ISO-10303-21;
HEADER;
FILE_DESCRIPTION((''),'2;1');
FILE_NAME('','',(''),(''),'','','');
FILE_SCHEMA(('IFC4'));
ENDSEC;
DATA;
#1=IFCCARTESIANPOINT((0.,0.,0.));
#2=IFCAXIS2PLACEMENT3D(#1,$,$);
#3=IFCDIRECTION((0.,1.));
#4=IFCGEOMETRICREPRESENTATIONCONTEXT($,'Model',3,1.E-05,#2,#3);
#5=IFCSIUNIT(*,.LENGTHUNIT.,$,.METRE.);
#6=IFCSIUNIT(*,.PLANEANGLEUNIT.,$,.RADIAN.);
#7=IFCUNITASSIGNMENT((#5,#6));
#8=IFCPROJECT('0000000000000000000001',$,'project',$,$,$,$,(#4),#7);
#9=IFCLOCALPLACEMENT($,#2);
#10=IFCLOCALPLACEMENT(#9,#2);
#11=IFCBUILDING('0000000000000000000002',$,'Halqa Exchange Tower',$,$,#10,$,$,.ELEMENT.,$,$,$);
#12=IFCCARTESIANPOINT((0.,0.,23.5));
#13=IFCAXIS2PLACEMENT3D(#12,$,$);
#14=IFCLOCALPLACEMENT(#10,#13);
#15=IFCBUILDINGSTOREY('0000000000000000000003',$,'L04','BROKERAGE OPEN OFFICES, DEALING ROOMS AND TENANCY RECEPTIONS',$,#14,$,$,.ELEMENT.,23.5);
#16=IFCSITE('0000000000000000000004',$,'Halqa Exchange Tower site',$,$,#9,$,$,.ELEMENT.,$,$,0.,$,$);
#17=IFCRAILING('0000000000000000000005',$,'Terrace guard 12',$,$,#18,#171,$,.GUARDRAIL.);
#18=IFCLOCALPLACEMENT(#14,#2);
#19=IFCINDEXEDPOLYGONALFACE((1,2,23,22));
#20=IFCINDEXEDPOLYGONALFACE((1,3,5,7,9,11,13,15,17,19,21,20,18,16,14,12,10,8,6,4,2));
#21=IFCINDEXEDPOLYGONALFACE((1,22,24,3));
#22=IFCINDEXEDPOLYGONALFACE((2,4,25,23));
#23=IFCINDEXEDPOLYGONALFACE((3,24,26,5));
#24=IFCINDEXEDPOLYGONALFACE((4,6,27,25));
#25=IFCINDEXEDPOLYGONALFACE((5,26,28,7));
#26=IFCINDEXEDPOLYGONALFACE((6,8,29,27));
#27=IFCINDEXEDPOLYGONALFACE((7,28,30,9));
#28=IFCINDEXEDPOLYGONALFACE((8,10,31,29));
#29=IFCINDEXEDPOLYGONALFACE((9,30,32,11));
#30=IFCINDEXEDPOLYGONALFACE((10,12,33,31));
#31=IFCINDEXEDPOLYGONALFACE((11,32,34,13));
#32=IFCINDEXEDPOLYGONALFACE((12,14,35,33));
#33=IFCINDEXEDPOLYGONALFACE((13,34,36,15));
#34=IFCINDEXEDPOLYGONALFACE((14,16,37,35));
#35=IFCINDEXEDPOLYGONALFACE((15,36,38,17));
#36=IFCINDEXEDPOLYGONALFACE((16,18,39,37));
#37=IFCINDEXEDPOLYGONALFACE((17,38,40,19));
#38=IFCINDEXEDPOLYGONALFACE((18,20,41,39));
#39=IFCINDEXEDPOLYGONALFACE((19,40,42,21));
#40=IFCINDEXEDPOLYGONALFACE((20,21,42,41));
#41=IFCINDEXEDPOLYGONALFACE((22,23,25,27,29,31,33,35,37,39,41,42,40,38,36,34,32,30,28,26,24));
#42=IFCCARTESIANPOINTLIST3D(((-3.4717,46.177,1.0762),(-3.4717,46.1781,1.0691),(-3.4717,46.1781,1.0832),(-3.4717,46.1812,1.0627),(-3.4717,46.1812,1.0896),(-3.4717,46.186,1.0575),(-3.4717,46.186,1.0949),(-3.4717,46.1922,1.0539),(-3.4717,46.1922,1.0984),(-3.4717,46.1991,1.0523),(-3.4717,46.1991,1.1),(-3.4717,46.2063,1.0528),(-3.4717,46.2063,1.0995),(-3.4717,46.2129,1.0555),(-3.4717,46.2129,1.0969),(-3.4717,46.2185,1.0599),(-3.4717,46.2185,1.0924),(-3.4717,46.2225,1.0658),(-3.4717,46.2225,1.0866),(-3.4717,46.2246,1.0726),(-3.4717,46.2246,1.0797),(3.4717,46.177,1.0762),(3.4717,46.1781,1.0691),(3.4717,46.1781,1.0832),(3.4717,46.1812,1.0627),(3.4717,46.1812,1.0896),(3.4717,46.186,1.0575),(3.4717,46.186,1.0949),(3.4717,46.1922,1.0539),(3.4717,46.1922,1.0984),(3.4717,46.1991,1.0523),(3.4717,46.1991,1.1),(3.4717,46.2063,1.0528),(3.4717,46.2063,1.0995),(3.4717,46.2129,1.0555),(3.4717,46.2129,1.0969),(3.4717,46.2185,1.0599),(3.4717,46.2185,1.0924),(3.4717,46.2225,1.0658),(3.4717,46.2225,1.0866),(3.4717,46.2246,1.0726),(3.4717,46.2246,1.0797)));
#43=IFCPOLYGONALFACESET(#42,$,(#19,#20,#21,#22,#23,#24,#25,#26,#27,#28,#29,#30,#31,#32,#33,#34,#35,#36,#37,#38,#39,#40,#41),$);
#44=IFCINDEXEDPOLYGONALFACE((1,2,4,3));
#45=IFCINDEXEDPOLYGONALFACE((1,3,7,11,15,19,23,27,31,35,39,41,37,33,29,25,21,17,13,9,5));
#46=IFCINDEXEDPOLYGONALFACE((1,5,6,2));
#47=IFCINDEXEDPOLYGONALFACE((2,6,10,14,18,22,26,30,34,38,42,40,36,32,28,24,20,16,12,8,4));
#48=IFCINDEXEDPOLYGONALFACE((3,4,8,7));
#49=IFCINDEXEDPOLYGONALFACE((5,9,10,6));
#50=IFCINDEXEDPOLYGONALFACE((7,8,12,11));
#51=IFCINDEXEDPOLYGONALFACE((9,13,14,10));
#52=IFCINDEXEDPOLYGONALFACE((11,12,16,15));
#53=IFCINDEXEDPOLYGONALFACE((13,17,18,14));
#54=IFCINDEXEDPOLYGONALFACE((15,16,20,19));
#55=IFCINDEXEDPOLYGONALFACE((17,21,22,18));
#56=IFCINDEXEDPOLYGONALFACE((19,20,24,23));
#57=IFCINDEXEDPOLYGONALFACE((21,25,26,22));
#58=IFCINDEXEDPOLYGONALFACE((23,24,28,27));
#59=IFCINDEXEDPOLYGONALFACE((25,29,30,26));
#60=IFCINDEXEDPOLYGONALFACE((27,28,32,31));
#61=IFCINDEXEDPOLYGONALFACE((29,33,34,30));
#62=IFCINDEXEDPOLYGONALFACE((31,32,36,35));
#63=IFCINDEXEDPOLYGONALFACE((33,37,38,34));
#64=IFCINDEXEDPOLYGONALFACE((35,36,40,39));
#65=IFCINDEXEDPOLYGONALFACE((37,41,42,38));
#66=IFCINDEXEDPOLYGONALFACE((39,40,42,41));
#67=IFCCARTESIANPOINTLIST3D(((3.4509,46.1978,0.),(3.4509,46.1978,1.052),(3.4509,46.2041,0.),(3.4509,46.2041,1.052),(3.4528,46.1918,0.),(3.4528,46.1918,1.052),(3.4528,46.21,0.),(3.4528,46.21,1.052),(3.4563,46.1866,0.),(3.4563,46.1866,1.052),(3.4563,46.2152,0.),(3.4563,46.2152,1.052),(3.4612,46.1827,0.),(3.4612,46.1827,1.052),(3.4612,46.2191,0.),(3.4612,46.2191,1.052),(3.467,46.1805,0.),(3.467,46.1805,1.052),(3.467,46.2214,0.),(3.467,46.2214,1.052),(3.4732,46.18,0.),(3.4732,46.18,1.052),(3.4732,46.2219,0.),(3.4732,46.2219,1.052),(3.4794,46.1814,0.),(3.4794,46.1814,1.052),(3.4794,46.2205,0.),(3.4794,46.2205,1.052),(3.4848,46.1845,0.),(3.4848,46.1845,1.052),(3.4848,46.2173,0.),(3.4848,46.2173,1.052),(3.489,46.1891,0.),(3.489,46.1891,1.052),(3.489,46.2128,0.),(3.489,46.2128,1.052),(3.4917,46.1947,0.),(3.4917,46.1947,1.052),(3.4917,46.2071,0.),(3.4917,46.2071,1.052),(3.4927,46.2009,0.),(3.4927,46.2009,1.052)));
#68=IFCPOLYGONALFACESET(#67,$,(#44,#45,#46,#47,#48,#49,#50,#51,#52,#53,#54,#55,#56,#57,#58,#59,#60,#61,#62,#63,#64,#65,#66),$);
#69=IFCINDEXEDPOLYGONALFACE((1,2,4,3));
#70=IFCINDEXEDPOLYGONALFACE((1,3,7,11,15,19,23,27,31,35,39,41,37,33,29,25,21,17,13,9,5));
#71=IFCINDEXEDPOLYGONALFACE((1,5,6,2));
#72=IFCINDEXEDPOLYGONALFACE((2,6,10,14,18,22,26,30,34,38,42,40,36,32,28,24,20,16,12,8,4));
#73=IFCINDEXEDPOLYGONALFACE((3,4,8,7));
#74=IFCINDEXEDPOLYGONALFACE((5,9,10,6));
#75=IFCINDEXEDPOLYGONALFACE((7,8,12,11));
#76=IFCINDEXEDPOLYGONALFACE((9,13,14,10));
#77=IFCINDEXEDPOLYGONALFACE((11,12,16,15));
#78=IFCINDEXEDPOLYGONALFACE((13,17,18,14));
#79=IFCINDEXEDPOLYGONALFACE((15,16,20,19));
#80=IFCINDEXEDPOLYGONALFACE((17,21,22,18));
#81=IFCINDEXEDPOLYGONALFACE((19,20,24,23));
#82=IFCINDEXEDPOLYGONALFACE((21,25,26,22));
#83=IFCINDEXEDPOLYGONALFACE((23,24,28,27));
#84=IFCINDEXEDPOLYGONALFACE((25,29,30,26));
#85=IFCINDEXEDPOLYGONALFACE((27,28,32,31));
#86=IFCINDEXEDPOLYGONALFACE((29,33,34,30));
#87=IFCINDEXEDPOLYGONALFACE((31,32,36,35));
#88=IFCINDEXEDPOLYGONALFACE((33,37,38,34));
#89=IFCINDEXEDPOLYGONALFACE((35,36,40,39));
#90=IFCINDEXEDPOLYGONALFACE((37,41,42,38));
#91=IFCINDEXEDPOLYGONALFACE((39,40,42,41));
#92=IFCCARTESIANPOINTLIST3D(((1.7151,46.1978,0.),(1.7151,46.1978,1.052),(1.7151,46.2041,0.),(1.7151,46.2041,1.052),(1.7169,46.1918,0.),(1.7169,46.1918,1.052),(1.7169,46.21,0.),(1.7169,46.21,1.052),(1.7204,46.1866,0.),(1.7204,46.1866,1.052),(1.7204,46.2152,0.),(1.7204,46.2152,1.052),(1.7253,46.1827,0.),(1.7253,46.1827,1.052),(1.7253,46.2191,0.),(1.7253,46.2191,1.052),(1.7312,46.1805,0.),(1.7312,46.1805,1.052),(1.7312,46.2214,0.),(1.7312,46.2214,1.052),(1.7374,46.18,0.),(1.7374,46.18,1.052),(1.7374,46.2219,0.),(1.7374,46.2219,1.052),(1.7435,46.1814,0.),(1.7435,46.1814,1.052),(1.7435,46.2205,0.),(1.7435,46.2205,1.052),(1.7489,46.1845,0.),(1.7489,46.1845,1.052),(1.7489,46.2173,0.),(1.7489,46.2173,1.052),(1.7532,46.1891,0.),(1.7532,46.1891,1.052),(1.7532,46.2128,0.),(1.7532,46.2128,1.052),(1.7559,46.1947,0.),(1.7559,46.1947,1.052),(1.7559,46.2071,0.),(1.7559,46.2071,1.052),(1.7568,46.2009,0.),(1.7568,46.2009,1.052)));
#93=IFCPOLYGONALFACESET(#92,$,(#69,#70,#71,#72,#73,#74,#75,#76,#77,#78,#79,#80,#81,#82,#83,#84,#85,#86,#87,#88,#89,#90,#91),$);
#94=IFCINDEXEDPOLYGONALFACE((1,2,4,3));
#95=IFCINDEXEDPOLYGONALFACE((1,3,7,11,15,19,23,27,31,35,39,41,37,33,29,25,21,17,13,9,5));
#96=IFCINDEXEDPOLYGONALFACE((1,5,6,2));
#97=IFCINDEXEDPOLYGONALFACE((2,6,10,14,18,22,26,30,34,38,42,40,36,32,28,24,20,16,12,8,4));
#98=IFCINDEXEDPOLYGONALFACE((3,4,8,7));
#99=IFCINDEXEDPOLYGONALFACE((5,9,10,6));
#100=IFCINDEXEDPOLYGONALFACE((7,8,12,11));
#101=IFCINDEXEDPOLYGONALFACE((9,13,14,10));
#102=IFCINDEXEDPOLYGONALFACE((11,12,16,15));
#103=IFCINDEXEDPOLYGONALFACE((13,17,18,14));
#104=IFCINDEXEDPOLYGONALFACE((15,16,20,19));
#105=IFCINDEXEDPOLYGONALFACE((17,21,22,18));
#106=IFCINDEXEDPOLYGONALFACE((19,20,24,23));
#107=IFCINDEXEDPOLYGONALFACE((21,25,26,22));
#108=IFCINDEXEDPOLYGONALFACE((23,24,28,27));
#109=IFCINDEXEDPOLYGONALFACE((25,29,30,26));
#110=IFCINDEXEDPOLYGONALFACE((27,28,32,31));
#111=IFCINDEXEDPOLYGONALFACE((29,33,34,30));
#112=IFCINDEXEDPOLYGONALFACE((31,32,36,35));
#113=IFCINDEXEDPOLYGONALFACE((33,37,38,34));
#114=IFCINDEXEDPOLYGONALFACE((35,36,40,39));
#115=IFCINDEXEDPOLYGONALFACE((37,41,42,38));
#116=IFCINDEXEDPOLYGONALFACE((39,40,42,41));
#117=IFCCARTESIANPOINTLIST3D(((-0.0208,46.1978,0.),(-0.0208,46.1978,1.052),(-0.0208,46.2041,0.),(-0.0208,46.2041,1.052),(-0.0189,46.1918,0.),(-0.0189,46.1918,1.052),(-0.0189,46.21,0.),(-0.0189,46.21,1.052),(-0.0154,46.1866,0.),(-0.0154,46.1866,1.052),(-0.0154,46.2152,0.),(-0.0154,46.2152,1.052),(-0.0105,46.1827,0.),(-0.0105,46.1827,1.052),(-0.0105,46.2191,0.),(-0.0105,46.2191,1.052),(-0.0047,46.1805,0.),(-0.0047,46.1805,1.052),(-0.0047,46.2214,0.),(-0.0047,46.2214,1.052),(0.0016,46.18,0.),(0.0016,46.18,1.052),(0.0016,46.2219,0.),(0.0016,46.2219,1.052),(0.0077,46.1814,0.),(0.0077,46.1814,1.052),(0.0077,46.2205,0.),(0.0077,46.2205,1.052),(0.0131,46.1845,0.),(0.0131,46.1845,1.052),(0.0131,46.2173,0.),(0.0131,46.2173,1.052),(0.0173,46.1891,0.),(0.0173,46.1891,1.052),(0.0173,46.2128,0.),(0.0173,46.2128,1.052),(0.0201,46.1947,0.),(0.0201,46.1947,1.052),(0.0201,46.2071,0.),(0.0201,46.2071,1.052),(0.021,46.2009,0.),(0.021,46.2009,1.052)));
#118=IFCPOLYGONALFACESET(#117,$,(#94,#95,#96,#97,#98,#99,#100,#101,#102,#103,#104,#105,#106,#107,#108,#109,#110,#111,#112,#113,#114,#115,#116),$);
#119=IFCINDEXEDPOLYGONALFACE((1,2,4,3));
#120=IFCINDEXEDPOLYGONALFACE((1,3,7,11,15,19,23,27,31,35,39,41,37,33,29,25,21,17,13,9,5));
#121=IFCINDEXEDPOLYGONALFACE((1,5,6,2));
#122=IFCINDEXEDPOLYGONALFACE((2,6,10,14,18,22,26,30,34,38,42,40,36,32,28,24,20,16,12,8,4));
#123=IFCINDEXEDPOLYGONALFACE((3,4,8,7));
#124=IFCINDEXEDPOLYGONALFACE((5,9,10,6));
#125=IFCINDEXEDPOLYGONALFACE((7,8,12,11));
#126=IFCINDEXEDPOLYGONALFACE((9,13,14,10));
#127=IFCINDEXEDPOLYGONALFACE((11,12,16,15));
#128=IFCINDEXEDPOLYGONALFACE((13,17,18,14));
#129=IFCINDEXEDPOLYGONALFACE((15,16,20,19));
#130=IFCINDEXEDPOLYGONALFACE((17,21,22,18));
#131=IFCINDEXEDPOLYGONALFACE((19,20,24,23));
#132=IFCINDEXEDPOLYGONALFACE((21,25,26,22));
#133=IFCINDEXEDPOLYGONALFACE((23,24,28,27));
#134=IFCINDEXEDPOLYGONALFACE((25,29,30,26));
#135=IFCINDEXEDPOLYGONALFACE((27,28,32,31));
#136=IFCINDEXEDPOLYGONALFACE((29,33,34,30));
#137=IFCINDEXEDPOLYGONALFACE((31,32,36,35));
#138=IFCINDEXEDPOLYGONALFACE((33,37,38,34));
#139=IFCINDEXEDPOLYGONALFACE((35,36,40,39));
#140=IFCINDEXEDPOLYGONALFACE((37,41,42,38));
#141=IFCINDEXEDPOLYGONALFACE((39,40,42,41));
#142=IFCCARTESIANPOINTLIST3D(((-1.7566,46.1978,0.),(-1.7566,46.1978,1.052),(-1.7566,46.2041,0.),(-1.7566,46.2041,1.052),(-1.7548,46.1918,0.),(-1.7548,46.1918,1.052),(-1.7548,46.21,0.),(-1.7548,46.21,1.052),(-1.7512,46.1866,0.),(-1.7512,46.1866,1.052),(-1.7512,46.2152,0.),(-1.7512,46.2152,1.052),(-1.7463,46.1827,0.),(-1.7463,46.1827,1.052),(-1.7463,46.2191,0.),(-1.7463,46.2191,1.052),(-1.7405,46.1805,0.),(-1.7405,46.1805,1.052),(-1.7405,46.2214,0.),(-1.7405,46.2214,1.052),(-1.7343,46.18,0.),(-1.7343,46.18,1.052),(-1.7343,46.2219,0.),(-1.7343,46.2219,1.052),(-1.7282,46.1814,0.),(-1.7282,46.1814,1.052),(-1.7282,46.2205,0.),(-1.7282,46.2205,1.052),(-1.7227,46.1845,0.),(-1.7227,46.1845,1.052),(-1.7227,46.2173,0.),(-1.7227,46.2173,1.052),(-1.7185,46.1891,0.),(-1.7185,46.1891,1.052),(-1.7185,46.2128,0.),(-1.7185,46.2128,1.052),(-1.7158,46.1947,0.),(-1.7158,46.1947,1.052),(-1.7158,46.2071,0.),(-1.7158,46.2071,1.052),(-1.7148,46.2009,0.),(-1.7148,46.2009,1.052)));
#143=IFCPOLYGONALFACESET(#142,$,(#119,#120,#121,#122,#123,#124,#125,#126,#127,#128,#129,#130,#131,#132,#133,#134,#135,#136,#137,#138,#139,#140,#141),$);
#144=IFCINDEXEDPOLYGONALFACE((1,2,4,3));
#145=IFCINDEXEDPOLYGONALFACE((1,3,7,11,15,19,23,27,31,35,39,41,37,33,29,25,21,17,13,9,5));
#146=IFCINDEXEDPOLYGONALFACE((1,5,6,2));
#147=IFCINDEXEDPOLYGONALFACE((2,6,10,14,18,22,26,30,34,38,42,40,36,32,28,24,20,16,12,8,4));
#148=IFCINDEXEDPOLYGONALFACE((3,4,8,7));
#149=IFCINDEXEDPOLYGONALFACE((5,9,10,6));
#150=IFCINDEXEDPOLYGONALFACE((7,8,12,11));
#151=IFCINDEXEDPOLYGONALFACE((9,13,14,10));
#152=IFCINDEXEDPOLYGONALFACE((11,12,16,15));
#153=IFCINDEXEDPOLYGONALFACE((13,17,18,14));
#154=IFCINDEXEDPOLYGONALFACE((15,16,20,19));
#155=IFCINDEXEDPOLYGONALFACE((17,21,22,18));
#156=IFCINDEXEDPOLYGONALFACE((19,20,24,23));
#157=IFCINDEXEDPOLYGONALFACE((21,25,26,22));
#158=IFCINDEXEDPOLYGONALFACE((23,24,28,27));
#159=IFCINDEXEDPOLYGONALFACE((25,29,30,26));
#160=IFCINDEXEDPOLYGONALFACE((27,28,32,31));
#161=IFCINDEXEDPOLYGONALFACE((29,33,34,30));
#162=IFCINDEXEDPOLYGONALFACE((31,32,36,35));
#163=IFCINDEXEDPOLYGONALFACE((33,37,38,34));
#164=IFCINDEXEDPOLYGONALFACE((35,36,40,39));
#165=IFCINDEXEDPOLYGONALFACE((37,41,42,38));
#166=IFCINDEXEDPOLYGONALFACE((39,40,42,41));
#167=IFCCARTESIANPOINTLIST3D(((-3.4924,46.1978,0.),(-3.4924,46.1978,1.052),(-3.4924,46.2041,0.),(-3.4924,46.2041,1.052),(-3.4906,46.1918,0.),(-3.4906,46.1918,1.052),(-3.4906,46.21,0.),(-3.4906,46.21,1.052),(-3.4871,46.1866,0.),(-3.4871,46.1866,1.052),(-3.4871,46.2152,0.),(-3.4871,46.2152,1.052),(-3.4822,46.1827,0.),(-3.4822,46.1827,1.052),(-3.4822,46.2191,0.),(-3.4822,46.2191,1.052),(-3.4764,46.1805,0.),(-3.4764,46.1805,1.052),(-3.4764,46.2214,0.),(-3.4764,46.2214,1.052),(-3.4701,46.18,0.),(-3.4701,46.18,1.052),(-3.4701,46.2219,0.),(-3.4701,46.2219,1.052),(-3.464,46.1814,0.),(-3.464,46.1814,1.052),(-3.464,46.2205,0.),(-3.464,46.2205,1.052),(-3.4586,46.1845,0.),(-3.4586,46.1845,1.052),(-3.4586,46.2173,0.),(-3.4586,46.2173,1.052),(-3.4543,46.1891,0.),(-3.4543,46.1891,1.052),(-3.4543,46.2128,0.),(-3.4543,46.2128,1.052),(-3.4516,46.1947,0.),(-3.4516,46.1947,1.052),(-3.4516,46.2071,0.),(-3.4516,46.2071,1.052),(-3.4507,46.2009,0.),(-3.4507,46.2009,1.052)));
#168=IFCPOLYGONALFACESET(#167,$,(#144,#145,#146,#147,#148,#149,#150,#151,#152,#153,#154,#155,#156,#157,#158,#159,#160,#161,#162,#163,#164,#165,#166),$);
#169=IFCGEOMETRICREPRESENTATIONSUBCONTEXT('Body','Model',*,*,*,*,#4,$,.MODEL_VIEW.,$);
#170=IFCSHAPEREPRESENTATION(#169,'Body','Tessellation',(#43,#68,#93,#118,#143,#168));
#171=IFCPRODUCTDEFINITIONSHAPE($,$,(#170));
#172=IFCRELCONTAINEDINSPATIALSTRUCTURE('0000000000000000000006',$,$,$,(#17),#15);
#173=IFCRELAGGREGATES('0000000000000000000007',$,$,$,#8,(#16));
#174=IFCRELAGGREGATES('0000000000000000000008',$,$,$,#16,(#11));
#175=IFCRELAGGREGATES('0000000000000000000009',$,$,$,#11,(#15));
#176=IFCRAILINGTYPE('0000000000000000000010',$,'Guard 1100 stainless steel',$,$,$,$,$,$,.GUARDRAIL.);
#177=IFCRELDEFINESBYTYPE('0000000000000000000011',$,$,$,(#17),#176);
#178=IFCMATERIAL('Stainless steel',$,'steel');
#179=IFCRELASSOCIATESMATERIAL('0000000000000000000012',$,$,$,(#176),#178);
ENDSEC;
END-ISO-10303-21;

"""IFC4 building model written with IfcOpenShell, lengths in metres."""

from ifc_helpers import new_model, si_unit, direction, frame, origin, origin_2d, place, context, subcontext, project, spatial, circle, extrude, material, type_object, element, save


model = new_model("IFC4")

# Units and contexts
model_context = context("Model", 3, precision=1e-05, world=origin(), true_north=direction((0.0, 1.0)))
body_context = subcontext(model_context, "Body", "Model", "MODEL_VIEW")
ifc_project = project(units=[si_unit("LENGTHUNIT", "METRE"), si_unit("PLANEANGLEUNIT", "RADIAN")], contexts=[model_context])

# Site, building, storey
site_placement = place(None, origin())
site = spatial("IfcSite", under=ifc_project, at=site_placement, Name="Halqa Exchange Tower site", CompositionType="ELEMENT", RefElevation=0.0)
building_placement = place(site_placement, origin())
building = spatial("IfcBuilding", under=site, at=building_placement, Name="Halqa Exchange Tower", CompositionType="ELEMENT")
storey_placement = place(building_placement, frame((0.0, 0.0, 23.5)))
storey = spatial("IfcBuildingStorey", under=building, at=storey_placement, Name="L04", Description="BROKERAGE OPEN OFFICES, DEALING ROOMS AND TENANCY RECEPTIONS", CompositionType="ELEMENT", Elevation=23.5)

# Railing
ifc_material_1 = material(Name="Stainless steel", Category="steel")
railing_type = type_object("IfcRailingType", Name="Guard 1100 stainless steel", PredefinedType="GUARDRAIL", material=ifc_material_1)
railing_1_placement = place(storey_placement, frame((3.4717, 46.2009, 0.0)))
element("IfcRailing", 1, at=railing_1_placement, inside=storey, type_object=railing_type, Name="Terrace guard 12", PredefinedType="GUARDRAIL", context=body_context, shape_type="SweptSolid", body=[
    extrude(circle(Radius=0.0239, at=origin_2d()), frame((0.0, 0.0, 1.0762), z_axis=(-1.0, 0.0, 0.0), x_axis=(0.0, -1.0, 0.0)), (0.0, 0.0, 1.0), 6.9434),
    extrude(circle(Radius=0.021, at=origin_2d()), origin(), (0.0, 0.0, 1.0), 1.052),
    extrude(circle(Radius=0.021, at=origin_2d()), frame((-1.7358, 0.0, 0.0)), (0.0, 0.0, 1.0), 1.052),
    extrude(circle(Radius=0.021, at=origin_2d()), frame((-3.4717, 0.0, 0.0)), (0.0, 0.0, 1.0), 1.052),
    extrude(circle(Radius=0.021, at=origin_2d()), frame((-5.2075, 0.0, 0.0)), (0.0, 0.0, 1.0), 1.052),
    extrude(circle(Radius=0.021, at=origin_2d()), frame((-6.9434, 0.0, 0.0)), (0.0, 0.0, 1.0), 1.052),
])

save(model, "model.ifc")
